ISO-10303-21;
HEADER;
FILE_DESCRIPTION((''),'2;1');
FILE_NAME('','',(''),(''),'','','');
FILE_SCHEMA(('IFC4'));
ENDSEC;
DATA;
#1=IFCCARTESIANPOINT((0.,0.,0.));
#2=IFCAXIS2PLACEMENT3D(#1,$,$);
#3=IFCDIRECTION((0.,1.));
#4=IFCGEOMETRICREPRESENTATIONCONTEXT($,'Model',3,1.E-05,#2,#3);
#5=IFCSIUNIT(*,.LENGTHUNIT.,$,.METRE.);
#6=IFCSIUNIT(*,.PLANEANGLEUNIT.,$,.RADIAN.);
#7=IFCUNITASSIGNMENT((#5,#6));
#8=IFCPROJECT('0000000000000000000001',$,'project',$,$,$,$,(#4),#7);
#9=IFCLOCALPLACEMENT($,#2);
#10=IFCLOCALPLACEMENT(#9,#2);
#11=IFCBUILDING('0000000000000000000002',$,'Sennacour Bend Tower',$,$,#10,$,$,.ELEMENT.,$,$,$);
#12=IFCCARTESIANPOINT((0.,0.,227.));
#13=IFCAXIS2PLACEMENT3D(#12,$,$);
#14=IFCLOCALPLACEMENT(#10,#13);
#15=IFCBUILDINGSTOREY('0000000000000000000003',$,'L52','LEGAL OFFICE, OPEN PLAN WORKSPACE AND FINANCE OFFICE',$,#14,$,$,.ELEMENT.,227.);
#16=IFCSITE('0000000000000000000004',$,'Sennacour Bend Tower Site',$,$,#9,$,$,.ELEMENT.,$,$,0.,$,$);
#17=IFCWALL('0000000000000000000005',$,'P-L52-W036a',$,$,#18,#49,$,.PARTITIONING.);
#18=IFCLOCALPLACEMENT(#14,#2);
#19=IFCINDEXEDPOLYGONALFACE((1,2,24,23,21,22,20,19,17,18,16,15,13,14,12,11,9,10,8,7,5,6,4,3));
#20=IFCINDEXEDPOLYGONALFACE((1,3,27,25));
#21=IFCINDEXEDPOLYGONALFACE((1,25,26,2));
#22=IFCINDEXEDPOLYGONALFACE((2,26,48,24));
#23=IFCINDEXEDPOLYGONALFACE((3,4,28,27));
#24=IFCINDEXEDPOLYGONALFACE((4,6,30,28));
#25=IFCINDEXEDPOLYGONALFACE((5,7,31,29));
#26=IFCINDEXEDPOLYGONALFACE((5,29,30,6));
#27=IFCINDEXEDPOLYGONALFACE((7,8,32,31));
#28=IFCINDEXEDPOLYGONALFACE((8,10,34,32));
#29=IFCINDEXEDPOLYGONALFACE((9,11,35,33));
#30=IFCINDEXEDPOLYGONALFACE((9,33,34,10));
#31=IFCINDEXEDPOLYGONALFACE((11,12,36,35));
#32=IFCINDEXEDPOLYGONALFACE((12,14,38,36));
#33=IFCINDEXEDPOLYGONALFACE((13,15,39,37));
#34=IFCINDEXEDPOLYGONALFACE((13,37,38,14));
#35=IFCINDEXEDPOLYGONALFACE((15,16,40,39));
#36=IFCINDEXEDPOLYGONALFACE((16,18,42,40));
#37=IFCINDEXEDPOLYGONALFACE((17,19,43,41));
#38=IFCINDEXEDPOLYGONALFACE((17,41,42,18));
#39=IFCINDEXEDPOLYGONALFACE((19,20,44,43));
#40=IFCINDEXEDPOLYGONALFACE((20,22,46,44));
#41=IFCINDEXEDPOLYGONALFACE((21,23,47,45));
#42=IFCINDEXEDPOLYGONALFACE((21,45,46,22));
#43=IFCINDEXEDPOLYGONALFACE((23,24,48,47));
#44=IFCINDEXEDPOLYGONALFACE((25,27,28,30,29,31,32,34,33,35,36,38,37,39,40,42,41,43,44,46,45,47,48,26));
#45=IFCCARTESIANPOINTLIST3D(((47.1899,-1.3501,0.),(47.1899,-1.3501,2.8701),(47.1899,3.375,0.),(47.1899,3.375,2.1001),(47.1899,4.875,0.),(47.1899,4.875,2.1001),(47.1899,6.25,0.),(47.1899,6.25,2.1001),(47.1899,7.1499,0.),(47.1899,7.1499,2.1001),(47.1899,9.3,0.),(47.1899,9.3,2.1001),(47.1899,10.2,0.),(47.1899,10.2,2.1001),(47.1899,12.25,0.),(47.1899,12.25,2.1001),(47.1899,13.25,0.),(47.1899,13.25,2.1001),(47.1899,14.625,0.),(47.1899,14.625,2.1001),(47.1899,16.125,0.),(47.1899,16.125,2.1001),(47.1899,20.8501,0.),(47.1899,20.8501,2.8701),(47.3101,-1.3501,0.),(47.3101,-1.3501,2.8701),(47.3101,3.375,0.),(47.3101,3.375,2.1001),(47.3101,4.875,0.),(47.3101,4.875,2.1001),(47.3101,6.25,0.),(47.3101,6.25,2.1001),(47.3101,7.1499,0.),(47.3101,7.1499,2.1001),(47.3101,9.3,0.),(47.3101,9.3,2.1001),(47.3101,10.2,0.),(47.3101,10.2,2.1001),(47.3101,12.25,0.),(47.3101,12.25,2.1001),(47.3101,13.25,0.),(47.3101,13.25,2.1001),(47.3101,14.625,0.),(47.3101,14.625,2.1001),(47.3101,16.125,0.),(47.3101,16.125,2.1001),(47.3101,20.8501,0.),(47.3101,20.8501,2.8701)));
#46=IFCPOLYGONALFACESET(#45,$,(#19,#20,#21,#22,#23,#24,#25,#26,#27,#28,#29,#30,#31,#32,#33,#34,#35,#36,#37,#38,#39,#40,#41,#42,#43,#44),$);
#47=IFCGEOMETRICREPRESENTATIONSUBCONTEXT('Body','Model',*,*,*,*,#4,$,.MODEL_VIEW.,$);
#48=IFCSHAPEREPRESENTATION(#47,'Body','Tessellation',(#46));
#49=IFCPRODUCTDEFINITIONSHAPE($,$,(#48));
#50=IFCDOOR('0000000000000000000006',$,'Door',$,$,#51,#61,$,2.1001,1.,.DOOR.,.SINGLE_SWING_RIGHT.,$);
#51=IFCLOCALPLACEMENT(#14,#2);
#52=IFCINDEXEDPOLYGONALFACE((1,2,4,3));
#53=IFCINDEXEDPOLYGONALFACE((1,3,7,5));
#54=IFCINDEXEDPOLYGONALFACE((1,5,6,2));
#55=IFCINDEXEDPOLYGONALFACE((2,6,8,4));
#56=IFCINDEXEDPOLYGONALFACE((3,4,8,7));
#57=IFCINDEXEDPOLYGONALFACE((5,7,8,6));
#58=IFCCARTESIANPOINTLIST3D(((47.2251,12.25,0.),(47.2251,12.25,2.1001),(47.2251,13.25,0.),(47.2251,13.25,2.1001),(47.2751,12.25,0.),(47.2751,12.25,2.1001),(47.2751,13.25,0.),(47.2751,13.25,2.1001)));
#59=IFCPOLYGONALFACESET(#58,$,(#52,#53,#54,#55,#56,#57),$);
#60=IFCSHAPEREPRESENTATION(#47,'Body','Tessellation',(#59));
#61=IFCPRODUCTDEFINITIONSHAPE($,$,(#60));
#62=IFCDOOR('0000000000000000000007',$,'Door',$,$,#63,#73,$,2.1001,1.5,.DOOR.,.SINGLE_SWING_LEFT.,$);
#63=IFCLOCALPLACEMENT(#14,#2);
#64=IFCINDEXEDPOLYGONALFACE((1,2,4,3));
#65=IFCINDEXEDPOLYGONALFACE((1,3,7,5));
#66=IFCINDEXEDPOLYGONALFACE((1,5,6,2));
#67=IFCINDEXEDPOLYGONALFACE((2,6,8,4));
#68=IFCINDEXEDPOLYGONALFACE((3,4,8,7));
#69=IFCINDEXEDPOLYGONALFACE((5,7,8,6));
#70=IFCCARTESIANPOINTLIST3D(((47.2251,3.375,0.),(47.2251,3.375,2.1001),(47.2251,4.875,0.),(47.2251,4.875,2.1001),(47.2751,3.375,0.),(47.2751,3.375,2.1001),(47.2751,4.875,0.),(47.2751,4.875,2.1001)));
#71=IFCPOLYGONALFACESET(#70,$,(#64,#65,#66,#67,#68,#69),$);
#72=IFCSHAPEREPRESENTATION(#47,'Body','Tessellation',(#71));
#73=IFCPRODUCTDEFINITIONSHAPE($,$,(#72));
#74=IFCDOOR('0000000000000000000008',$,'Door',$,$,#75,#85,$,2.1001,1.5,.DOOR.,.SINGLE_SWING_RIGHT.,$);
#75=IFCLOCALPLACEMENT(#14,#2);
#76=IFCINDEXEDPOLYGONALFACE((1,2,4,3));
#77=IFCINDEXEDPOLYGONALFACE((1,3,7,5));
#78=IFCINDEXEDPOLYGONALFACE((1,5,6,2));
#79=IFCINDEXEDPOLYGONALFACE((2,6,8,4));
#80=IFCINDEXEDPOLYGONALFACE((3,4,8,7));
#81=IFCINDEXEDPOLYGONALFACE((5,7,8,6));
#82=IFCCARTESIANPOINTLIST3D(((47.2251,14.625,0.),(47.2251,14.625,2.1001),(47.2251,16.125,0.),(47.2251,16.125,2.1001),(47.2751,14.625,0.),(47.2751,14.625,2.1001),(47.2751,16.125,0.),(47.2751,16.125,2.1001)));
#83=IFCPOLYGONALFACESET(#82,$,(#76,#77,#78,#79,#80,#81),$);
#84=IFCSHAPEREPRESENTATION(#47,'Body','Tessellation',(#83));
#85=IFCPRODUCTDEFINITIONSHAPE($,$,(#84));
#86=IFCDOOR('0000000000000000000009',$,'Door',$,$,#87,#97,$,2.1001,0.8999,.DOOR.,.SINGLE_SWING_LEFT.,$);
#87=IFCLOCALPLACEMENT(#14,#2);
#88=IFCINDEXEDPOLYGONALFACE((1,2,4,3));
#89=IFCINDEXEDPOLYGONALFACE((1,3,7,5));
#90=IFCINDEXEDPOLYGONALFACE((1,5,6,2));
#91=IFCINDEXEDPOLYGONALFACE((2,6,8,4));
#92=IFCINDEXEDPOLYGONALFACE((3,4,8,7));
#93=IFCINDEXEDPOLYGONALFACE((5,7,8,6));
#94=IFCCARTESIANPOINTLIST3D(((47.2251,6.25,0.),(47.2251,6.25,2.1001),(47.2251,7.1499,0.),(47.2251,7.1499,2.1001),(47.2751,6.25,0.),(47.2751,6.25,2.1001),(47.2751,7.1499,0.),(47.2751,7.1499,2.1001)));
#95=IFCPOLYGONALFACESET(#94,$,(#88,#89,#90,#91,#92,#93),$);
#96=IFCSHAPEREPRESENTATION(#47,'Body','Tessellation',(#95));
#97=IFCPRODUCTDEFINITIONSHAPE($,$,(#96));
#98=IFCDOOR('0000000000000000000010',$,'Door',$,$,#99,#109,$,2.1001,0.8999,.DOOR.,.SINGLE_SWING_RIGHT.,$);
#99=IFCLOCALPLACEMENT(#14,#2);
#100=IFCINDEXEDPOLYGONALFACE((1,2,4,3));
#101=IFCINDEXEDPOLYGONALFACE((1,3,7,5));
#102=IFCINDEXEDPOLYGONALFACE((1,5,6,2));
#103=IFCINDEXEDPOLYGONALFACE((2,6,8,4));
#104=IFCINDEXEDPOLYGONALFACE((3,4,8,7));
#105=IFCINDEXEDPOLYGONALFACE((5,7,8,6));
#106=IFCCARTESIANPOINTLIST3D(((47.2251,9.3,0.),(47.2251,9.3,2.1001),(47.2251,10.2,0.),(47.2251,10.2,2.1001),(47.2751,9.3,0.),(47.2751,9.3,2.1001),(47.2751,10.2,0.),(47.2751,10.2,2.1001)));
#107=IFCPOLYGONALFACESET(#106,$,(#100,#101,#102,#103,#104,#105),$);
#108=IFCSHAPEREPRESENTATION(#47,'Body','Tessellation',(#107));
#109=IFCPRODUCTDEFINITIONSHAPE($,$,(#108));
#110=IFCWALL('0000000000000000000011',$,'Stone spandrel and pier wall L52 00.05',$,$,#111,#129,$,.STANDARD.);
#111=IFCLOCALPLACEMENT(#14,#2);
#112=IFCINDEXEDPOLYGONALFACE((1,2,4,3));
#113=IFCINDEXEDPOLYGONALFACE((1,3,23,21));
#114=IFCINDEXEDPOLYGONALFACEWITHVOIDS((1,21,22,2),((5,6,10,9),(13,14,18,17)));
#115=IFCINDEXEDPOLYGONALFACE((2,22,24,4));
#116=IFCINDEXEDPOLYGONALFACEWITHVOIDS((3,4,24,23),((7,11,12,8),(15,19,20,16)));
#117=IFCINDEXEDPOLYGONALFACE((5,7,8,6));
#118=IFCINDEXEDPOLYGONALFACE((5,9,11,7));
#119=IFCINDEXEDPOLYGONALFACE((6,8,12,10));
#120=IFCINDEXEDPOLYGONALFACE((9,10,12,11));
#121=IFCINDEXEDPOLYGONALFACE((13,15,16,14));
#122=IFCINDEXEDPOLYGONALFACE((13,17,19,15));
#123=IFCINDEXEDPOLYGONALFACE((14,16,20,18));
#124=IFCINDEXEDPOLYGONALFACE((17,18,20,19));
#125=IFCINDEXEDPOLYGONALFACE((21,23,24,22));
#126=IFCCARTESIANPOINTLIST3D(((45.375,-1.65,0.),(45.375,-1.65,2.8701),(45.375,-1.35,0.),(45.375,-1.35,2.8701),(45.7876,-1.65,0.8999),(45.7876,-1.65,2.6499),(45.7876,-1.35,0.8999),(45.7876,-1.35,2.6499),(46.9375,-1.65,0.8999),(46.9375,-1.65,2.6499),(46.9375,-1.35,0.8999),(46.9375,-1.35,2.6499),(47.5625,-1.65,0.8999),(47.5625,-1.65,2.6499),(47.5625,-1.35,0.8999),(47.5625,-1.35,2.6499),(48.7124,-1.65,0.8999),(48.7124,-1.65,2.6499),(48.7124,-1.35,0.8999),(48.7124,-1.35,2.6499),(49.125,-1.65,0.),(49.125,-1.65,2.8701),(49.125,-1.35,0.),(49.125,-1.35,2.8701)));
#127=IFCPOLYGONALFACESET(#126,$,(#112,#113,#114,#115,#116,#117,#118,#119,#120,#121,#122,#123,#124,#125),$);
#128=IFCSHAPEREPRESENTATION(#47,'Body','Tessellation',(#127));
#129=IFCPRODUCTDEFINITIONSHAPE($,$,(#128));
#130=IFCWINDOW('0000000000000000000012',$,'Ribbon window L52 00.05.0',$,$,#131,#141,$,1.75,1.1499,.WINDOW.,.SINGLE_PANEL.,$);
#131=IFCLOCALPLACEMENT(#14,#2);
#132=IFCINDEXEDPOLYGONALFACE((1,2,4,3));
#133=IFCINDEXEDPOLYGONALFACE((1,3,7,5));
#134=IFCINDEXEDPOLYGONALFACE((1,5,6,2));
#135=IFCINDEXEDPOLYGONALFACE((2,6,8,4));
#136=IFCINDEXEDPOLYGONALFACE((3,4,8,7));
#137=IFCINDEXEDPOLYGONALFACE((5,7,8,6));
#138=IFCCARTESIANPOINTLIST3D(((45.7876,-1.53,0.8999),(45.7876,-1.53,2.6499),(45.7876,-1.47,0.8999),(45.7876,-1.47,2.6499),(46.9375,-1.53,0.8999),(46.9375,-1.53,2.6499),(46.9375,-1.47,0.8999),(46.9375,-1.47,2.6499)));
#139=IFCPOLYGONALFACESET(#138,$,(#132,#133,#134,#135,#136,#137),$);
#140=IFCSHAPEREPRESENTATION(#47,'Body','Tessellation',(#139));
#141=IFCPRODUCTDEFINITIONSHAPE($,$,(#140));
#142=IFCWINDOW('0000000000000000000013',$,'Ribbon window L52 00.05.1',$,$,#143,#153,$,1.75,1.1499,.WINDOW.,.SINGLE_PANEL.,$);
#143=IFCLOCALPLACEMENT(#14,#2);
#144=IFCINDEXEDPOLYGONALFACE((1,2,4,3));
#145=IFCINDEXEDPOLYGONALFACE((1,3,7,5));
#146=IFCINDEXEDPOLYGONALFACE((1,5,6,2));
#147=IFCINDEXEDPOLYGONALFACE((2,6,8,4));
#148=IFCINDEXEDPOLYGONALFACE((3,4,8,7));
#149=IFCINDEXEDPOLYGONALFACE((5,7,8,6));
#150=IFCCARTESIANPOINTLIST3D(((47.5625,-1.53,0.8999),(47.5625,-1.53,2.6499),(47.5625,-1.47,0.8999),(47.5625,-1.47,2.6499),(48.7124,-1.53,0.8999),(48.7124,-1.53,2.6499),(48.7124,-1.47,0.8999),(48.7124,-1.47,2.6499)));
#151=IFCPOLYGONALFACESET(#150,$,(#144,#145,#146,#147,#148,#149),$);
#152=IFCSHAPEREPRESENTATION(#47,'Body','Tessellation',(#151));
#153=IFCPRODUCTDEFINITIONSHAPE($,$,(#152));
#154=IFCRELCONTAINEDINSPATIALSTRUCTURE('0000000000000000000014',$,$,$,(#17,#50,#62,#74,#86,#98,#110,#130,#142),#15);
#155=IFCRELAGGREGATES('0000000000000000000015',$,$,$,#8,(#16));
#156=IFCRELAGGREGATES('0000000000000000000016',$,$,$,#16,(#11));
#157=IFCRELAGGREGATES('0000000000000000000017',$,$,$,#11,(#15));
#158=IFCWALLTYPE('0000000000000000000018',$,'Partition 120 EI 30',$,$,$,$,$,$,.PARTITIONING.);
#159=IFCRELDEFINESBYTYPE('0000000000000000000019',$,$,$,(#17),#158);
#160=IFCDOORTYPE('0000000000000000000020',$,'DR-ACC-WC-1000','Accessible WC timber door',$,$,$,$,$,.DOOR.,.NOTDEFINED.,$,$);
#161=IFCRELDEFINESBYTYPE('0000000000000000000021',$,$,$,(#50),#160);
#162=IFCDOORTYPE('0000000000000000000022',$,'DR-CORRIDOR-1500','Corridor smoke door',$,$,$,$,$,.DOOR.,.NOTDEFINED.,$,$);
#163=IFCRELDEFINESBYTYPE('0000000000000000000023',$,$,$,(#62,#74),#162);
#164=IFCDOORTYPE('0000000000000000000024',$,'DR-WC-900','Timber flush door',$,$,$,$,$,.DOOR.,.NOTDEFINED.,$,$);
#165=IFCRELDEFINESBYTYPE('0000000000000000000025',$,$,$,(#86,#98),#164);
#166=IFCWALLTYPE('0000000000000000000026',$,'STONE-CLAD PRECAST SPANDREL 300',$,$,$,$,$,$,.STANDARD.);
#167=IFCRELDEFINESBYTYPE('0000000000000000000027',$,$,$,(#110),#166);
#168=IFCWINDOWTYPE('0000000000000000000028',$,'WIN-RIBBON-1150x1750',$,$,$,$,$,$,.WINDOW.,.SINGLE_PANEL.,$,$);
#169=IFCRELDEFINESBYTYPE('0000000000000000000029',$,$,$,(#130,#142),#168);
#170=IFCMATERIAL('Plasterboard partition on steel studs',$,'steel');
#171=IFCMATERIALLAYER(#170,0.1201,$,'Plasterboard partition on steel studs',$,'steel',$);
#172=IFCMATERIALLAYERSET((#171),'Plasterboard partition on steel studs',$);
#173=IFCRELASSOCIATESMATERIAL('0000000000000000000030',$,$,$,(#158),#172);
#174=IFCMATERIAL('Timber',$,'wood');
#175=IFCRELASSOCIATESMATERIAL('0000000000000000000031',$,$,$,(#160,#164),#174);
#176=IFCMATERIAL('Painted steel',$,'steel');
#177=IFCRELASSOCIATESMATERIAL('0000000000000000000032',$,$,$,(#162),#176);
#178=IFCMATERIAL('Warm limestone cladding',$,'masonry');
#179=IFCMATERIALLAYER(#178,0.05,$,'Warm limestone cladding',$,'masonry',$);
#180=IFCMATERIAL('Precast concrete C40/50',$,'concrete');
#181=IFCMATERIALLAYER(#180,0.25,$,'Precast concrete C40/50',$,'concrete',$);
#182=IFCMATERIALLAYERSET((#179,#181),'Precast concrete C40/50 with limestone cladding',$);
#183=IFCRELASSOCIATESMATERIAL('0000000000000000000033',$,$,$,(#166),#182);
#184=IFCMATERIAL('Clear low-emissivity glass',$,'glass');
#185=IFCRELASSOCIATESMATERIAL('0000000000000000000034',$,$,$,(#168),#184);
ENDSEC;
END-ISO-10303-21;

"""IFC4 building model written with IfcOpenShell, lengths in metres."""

from ifc_helpers import new_model, si_unit, direction, frame, frame_2d, origin, place, context, subcontext, project, spatial, rectangle, extrude, material, layer, layer_set, type_object, element, fill, save


model = new_model("IFC4")

# Units and contexts
model_context = context("Model", 3, precision=1e-05, world=origin(), true_north=direction((0.0, 1.0)))
body_context = subcontext(model_context, "Body", "Model", "MODEL_VIEW")
ifc_project = project(units=[si_unit("LENGTHUNIT", "METRE"), si_unit("PLANEANGLEUNIT", "RADIAN")], contexts=[model_context])

# Site, building, storey
site_placement = place(None, origin())
site = spatial("IfcSite", under=ifc_project, at=site_placement, Name="Sennacour Bend Tower Site", CompositionType="ELEMENT", RefElevation=0.0)
building_placement = place(site_placement, origin())
building = spatial("IfcBuilding", under=site, at=building_placement, Name="Sennacour Bend Tower", CompositionType="ELEMENT")
storey_placement = place(building_placement, frame((0.0, 0.0, 227.0)))
storey = spatial("IfcBuildingStorey", under=building, at=storey_placement, Name="L52", Description="LEGAL OFFICE, OPEN PLAN WORKSPACE AND FINANCE OFFICE", CompositionType="ELEMENT", Elevation=227.0)

# Shared definitions
ifc_material_1 = material(Name="Plasterboard partition on steel studs", Category="steel")

# Wall, openings, doors
ifc_layer_1 = layer(ifc_material_1, 0.1201, Name="Plasterboard partition on steel studs", Category="steel")
ifc_layer_set_1 = layer_set([ifc_layer_1], Name="Plasterboard partition on steel studs")
wall_type_1 = type_object("IfcWallType", Name="Partition 120 EI 30", PredefinedType="PARTITIONING", material=ifc_layer_set_1)
wall_1_placement = place(storey_placement, frame((47.25, -1.3501, 0.0), z_axis=(0.0, 0.0, 1.0), x_axis=(0.0, 1.0, 0.0)))
wall_1 = element("IfcWall", 1, at=wall_1_placement, inside=storey, type_object=wall_type_1, Name="P-L52-W036a", PredefinedType="PARTITIONING", context=body_context, shape_type="SweptSolid", body=[
    extrude(rectangle(XDim=22.2002, YDim=0.1201, at=frame_2d((11.1001, 0.0))), origin(), (0.0, 0.0, 1.0), 2.8701),
])
opening_1_placement = place(wall_1_placement, frame((4.7251, 0.0, 0.0)))
opening_1 = element("IfcOpeningElement", 2, at=opening_1_placement, cuts=wall_1, PredefinedType="OPENING", context=body_context, shape_type="SweptSolid", body=[
    extrude(rectangle(XDim=1.5, YDim=2.1001, at=frame_2d((0.75, 1.05))), frame((0.0, 0.0701, 0.0), z_axis=(0.0, -1.0, 0.0), x_axis=(1.0, 0.0, 0.0)), (0.0, 0.0, 1.0), 0.1401),
])
opening_2_placement = place(wall_1_placement, frame((15.9751, 0.0, 0.0)))
opening_2 = element("IfcOpeningElement", 3, at=opening_2_placement, cuts=wall_1, PredefinedType="OPENING", context=body_context, shape_type="SweptSolid", body=[
    extrude(rectangle(XDim=1.5, YDim=2.1001, at=frame_2d((0.75, 1.05))), frame((0.0, 0.0701, 0.0), z_axis=(0.0, -1.0, 0.0), x_axis=(1.0, 0.0, 0.0)), (0.0, 0.0, 1.0), 0.1401),
])
opening_3_placement = place(wall_1_placement, frame((7.6001, 0.0, 0.0)))
opening_3 = element("IfcOpeningElement", 4, at=opening_3_placement, cuts=wall_1, PredefinedType="OPENING", context=body_context, shape_type="SweptSolid", body=[
    extrude(rectangle(XDim=0.8999, YDim=2.1001, at=frame_2d((0.45, 1.05))), frame((0.0, 0.0701, 0.0), z_axis=(0.0, -1.0, 0.0), x_axis=(1.0, 0.0, 0.0)), (0.0, 0.0, 1.0), 0.1401),
])
opening_4_placement = place(wall_1_placement, frame((10.6501, 0.0, 0.0)))
opening_4 = element("IfcOpeningElement", 5, at=opening_4_placement, cuts=wall_1, PredefinedType="OPENING", context=body_context, shape_type="SweptSolid", body=[
    extrude(rectangle(XDim=0.8999, YDim=2.1001, at=frame_2d((0.45, 1.05))), frame((0.0, 0.0701, 0.0), z_axis=(0.0, -1.0, 0.0), x_axis=(1.0, 0.0, 0.0)), (0.0, 0.0, 1.0), 0.1401),
])
opening_5_placement = place(wall_1_placement, frame((13.6001, 0.0, 0.0)))
opening_5 = element("IfcOpeningElement", 6, at=opening_5_placement, cuts=wall_1, PredefinedType="OPENING", context=body_context, shape_type="SweptSolid", body=[
    extrude(rectangle(XDim=1.0, YDim=2.1001, at=frame_2d((0.5, 1.05))), frame((0.0, 0.0701, 0.0), z_axis=(0.0, -1.0, 0.0), x_axis=(1.0, 0.0, 0.0)), (0.0, 0.0, 1.0), 0.1401),
])
ifc_material_2 = material(Name="Timber", Category="wood")
door_type_1 = type_object("IfcDoorType", Name="DR-ACC-WC-1000", Description="Accessible WC timber door", OperationType="NOTDEFINED", PredefinedType="DOOR", material=ifc_material_2)
door_1_placement = place(opening_5_placement, origin())
door_1 = element("IfcDoor", 7, at=door_1_placement, inside=storey, type_object=door_type_1, Name="Door", OperationType="SINGLE_SWING_RIGHT", OverallHeight=2.1001, OverallWidth=1.0, PredefinedType="DOOR", context=body_context, shape_type="SweptSolid", body=[
    extrude(rectangle(XDim=1.0, YDim=2.1001, at=frame_2d((0.5, 1.05))), frame((0.0, 0.0249, 0.0), z_axis=(0.0, -1.0, 0.0), x_axis=(1.0, 0.0, 0.0)), (0.0, 0.0, 1.0), 0.05),
])
fill(opening_5, door_1)
ifc_material_3 = material(Name="Painted steel", Category="steel")
door_type_2 = type_object("IfcDoorType", Name="DR-CORRIDOR-1500", Description="Corridor smoke door", OperationType="NOTDEFINED", PredefinedType="DOOR", material=ifc_material_3)
door_2_placement = place(opening_1_placement, origin())
door_2 = element("IfcDoor", 8, at=door_2_placement, inside=storey, type_object=door_type_2, Name="Door", OperationType="SINGLE_SWING_LEFT", OverallHeight=2.1001, OverallWidth=1.5, PredefinedType="DOOR", context=body_context, shape_type="SweptSolid", body=[
    extrude(rectangle(XDim=1.5, YDim=2.1001, at=frame_2d((0.75, 1.05))), frame((0.0, 0.0249, 0.0), z_axis=(0.0, -1.0, 0.0), x_axis=(1.0, 0.0, 0.0)), (0.0, 0.0, 1.0), 0.05),
])
fill(opening_1, door_2)
door_3_placement = place(opening_2_placement, origin())
door_3 = element("IfcDoor", 9, at=door_3_placement, inside=storey, type_object=door_type_2, Name="Door", OperationType="SINGLE_SWING_RIGHT", OverallHeight=2.1001, OverallWidth=1.5, PredefinedType="DOOR", context=body_context, shape_type="SweptSolid", body=[
    extrude(rectangle(XDim=1.5, YDim=2.1001, at=frame_2d((0.75, 1.05))), frame((0.0, 0.0249, 0.0), z_axis=(0.0, -1.0, 0.0), x_axis=(1.0, 0.0, 0.0)), (0.0, 0.0, 1.0), 0.05),
])
fill(opening_2, door_3)
door_type_3 = type_object("IfcDoorType", Name="DR-WC-900", Description="Timber flush door", OperationType="NOTDEFINED", PredefinedType="DOOR", material=ifc_material_2)
door_4_placement = place(opening_3_placement, origin())
door_4 = element("IfcDoor", 10, at=door_4_placement, inside=storey, type_object=door_type_3, Name="Door", OperationType="SINGLE_SWING_LEFT", OverallHeight=2.1001, OverallWidth=0.8999, PredefinedType="DOOR", context=body_context, shape_type="SweptSolid", body=[
    extrude(rectangle(XDim=0.8999, YDim=2.1001, at=frame_2d((0.45, 1.05))), frame((0.0, 0.0249, 0.0), z_axis=(0.0, -1.0, 0.0), x_axis=(1.0, 0.0, 0.0)), (0.0, 0.0, 1.0), 0.05),
])
fill(opening_3, door_4)
door_5_placement = place(opening_4_placement, origin())
door_5 = element("IfcDoor", 11, at=door_5_placement, inside=storey, type_object=door_type_3, Name="Door", OperationType="SINGLE_SWING_RIGHT", OverallHeight=2.1001, OverallWidth=0.8999, PredefinedType="DOOR", context=body_context, shape_type="SweptSolid", body=[
    extrude(rectangle(XDim=0.8999, YDim=2.1001, at=frame_2d((0.45, 1.05))), frame((0.0, 0.0249, 0.0), z_axis=(0.0, -1.0, 0.0), x_axis=(1.0, 0.0, 0.0)), (0.0, 0.0, 1.0), 0.05),
])
fill(opening_4, door_5)

# Wall, openings, windows
ifc_material_4 = material(Name="Warm limestone cladding", Category="masonry")
ifc_layer_2 = layer(ifc_material_4, 0.05, Name="Warm limestone cladding", Category="masonry")
ifc_material_5 = material(Name="Precast concrete C40/50", Category="concrete")
ifc_layer_3 = layer(ifc_material_5, 0.25, Name="Precast concrete C40/50", Category="concrete")
ifc_layer_set_2 = layer_set([ifc_layer_2, ifc_layer_3], Name="Precast concrete C40/50 with limestone cladding")
wall_type_2 = type_object("IfcWallType", Name="STONE-CLAD PRECAST SPANDREL 300", PredefinedType="STANDARD", material=ifc_layer_set_2)
wall_2_placement = place(storey_placement, frame((45.375, -1.5, 0.0), z_axis=(0.0, 0.0, 1.0), x_axis=(1.0, 0.0, 0.0)))
wall_2 = element("IfcWall", 12, at=wall_2_placement, inside=storey, type_object=wall_type_2, Name="Stone spandrel and pier wall L52 00.05", PredefinedType="STANDARD", context=body_context, shape_type="SweptSolid", body=[
    extrude(rectangle(XDim=3.75, YDim=0.3, at=frame_2d((1.875, 0.0))), origin(), (0.0, 0.0, 1.0), 2.8701),
])
opening_6_placement = place(wall_2_placement, frame((0.4126, 0.0, 0.8999)))
opening_6 = element("IfcOpeningElement", 13, at=opening_6_placement, cuts=wall_2, PredefinedType="OPENING", context=body_context, shape_type="SweptSolid", body=[
    extrude(rectangle(XDim=1.1499, YDim=1.75, at=frame_2d((0.575, 0.875))), frame((0.0, 0.1602, 0.0), z_axis=(0.0, -1.0, 0.0), x_axis=(1.0, 0.0, 0.0)), (0.0, 0.0, 1.0), 0.3201),
])
opening_7_placement = place(wall_2_placement, frame((2.1875, 0.0, 0.8999)))
opening_7 = element("IfcOpeningElement", 14, at=opening_7_placement, cuts=wall_2, PredefinedType="OPENING", context=body_context, shape_type="SweptSolid", body=[
    extrude(rectangle(XDim=1.1499, YDim=1.75, at=frame_2d((0.575, 0.875))), frame((0.0, 0.1602, 0.0), z_axis=(0.0, -1.0, 0.0), x_axis=(1.0, 0.0, 0.0)), (0.0, 0.0, 1.0), 0.3201),
])
ifc_material_6 = material(Name="Clear low-emissivity glass", Category="glass")
window_type = type_object("IfcWindowType", Name="WIN-RIBBON-1150x1750", PartitioningType="SINGLE_PANEL", PredefinedType="WINDOW", material=ifc_material_6)
window_1_placement = place(opening_6_placement, origin())
window_1 = element("IfcWindow", 15, at=window_1_placement, inside=storey, type_object=window_type, Name="Ribbon window L52 00.05.0", OverallHeight=1.75, OverallWidth=1.1499, PartitioningType="SINGLE_PANEL", PredefinedType="WINDOW", context=body_context, shape_type="SweptSolid", body=[
    extrude(rectangle(XDim=1.1499, YDim=1.75, at=frame_2d((0.575, 0.875))), frame((0.0, 0.03, 0.0), z_axis=(0.0, -1.0, 0.0), x_axis=(1.0, 0.0, 0.0)), (0.0, 0.0, 1.0), 0.0601),
])
fill(opening_6, window_1)
window_2_placement = place(opening_7_placement, origin())
window_2 = element("IfcWindow", 16, at=window_2_placement, inside=storey, type_object=window_type, Name="Ribbon window L52 00.05.1", OverallHeight=1.75, OverallWidth=1.1499, PartitioningType="SINGLE_PANEL", PredefinedType="WINDOW", context=body_context, shape_type="SweptSolid", body=[
    extrude(rectangle(XDim=1.1499, YDim=1.75, at=frame_2d((0.575, 0.875))), frame((0.0, 0.03, 0.0), z_axis=(0.0, -1.0, 0.0), x_axis=(1.0, 0.0, 0.0)), (0.0, 0.0, 1.0), 0.0601),
])
fill(opening_7, window_2)

save(model, "model.ifc")
